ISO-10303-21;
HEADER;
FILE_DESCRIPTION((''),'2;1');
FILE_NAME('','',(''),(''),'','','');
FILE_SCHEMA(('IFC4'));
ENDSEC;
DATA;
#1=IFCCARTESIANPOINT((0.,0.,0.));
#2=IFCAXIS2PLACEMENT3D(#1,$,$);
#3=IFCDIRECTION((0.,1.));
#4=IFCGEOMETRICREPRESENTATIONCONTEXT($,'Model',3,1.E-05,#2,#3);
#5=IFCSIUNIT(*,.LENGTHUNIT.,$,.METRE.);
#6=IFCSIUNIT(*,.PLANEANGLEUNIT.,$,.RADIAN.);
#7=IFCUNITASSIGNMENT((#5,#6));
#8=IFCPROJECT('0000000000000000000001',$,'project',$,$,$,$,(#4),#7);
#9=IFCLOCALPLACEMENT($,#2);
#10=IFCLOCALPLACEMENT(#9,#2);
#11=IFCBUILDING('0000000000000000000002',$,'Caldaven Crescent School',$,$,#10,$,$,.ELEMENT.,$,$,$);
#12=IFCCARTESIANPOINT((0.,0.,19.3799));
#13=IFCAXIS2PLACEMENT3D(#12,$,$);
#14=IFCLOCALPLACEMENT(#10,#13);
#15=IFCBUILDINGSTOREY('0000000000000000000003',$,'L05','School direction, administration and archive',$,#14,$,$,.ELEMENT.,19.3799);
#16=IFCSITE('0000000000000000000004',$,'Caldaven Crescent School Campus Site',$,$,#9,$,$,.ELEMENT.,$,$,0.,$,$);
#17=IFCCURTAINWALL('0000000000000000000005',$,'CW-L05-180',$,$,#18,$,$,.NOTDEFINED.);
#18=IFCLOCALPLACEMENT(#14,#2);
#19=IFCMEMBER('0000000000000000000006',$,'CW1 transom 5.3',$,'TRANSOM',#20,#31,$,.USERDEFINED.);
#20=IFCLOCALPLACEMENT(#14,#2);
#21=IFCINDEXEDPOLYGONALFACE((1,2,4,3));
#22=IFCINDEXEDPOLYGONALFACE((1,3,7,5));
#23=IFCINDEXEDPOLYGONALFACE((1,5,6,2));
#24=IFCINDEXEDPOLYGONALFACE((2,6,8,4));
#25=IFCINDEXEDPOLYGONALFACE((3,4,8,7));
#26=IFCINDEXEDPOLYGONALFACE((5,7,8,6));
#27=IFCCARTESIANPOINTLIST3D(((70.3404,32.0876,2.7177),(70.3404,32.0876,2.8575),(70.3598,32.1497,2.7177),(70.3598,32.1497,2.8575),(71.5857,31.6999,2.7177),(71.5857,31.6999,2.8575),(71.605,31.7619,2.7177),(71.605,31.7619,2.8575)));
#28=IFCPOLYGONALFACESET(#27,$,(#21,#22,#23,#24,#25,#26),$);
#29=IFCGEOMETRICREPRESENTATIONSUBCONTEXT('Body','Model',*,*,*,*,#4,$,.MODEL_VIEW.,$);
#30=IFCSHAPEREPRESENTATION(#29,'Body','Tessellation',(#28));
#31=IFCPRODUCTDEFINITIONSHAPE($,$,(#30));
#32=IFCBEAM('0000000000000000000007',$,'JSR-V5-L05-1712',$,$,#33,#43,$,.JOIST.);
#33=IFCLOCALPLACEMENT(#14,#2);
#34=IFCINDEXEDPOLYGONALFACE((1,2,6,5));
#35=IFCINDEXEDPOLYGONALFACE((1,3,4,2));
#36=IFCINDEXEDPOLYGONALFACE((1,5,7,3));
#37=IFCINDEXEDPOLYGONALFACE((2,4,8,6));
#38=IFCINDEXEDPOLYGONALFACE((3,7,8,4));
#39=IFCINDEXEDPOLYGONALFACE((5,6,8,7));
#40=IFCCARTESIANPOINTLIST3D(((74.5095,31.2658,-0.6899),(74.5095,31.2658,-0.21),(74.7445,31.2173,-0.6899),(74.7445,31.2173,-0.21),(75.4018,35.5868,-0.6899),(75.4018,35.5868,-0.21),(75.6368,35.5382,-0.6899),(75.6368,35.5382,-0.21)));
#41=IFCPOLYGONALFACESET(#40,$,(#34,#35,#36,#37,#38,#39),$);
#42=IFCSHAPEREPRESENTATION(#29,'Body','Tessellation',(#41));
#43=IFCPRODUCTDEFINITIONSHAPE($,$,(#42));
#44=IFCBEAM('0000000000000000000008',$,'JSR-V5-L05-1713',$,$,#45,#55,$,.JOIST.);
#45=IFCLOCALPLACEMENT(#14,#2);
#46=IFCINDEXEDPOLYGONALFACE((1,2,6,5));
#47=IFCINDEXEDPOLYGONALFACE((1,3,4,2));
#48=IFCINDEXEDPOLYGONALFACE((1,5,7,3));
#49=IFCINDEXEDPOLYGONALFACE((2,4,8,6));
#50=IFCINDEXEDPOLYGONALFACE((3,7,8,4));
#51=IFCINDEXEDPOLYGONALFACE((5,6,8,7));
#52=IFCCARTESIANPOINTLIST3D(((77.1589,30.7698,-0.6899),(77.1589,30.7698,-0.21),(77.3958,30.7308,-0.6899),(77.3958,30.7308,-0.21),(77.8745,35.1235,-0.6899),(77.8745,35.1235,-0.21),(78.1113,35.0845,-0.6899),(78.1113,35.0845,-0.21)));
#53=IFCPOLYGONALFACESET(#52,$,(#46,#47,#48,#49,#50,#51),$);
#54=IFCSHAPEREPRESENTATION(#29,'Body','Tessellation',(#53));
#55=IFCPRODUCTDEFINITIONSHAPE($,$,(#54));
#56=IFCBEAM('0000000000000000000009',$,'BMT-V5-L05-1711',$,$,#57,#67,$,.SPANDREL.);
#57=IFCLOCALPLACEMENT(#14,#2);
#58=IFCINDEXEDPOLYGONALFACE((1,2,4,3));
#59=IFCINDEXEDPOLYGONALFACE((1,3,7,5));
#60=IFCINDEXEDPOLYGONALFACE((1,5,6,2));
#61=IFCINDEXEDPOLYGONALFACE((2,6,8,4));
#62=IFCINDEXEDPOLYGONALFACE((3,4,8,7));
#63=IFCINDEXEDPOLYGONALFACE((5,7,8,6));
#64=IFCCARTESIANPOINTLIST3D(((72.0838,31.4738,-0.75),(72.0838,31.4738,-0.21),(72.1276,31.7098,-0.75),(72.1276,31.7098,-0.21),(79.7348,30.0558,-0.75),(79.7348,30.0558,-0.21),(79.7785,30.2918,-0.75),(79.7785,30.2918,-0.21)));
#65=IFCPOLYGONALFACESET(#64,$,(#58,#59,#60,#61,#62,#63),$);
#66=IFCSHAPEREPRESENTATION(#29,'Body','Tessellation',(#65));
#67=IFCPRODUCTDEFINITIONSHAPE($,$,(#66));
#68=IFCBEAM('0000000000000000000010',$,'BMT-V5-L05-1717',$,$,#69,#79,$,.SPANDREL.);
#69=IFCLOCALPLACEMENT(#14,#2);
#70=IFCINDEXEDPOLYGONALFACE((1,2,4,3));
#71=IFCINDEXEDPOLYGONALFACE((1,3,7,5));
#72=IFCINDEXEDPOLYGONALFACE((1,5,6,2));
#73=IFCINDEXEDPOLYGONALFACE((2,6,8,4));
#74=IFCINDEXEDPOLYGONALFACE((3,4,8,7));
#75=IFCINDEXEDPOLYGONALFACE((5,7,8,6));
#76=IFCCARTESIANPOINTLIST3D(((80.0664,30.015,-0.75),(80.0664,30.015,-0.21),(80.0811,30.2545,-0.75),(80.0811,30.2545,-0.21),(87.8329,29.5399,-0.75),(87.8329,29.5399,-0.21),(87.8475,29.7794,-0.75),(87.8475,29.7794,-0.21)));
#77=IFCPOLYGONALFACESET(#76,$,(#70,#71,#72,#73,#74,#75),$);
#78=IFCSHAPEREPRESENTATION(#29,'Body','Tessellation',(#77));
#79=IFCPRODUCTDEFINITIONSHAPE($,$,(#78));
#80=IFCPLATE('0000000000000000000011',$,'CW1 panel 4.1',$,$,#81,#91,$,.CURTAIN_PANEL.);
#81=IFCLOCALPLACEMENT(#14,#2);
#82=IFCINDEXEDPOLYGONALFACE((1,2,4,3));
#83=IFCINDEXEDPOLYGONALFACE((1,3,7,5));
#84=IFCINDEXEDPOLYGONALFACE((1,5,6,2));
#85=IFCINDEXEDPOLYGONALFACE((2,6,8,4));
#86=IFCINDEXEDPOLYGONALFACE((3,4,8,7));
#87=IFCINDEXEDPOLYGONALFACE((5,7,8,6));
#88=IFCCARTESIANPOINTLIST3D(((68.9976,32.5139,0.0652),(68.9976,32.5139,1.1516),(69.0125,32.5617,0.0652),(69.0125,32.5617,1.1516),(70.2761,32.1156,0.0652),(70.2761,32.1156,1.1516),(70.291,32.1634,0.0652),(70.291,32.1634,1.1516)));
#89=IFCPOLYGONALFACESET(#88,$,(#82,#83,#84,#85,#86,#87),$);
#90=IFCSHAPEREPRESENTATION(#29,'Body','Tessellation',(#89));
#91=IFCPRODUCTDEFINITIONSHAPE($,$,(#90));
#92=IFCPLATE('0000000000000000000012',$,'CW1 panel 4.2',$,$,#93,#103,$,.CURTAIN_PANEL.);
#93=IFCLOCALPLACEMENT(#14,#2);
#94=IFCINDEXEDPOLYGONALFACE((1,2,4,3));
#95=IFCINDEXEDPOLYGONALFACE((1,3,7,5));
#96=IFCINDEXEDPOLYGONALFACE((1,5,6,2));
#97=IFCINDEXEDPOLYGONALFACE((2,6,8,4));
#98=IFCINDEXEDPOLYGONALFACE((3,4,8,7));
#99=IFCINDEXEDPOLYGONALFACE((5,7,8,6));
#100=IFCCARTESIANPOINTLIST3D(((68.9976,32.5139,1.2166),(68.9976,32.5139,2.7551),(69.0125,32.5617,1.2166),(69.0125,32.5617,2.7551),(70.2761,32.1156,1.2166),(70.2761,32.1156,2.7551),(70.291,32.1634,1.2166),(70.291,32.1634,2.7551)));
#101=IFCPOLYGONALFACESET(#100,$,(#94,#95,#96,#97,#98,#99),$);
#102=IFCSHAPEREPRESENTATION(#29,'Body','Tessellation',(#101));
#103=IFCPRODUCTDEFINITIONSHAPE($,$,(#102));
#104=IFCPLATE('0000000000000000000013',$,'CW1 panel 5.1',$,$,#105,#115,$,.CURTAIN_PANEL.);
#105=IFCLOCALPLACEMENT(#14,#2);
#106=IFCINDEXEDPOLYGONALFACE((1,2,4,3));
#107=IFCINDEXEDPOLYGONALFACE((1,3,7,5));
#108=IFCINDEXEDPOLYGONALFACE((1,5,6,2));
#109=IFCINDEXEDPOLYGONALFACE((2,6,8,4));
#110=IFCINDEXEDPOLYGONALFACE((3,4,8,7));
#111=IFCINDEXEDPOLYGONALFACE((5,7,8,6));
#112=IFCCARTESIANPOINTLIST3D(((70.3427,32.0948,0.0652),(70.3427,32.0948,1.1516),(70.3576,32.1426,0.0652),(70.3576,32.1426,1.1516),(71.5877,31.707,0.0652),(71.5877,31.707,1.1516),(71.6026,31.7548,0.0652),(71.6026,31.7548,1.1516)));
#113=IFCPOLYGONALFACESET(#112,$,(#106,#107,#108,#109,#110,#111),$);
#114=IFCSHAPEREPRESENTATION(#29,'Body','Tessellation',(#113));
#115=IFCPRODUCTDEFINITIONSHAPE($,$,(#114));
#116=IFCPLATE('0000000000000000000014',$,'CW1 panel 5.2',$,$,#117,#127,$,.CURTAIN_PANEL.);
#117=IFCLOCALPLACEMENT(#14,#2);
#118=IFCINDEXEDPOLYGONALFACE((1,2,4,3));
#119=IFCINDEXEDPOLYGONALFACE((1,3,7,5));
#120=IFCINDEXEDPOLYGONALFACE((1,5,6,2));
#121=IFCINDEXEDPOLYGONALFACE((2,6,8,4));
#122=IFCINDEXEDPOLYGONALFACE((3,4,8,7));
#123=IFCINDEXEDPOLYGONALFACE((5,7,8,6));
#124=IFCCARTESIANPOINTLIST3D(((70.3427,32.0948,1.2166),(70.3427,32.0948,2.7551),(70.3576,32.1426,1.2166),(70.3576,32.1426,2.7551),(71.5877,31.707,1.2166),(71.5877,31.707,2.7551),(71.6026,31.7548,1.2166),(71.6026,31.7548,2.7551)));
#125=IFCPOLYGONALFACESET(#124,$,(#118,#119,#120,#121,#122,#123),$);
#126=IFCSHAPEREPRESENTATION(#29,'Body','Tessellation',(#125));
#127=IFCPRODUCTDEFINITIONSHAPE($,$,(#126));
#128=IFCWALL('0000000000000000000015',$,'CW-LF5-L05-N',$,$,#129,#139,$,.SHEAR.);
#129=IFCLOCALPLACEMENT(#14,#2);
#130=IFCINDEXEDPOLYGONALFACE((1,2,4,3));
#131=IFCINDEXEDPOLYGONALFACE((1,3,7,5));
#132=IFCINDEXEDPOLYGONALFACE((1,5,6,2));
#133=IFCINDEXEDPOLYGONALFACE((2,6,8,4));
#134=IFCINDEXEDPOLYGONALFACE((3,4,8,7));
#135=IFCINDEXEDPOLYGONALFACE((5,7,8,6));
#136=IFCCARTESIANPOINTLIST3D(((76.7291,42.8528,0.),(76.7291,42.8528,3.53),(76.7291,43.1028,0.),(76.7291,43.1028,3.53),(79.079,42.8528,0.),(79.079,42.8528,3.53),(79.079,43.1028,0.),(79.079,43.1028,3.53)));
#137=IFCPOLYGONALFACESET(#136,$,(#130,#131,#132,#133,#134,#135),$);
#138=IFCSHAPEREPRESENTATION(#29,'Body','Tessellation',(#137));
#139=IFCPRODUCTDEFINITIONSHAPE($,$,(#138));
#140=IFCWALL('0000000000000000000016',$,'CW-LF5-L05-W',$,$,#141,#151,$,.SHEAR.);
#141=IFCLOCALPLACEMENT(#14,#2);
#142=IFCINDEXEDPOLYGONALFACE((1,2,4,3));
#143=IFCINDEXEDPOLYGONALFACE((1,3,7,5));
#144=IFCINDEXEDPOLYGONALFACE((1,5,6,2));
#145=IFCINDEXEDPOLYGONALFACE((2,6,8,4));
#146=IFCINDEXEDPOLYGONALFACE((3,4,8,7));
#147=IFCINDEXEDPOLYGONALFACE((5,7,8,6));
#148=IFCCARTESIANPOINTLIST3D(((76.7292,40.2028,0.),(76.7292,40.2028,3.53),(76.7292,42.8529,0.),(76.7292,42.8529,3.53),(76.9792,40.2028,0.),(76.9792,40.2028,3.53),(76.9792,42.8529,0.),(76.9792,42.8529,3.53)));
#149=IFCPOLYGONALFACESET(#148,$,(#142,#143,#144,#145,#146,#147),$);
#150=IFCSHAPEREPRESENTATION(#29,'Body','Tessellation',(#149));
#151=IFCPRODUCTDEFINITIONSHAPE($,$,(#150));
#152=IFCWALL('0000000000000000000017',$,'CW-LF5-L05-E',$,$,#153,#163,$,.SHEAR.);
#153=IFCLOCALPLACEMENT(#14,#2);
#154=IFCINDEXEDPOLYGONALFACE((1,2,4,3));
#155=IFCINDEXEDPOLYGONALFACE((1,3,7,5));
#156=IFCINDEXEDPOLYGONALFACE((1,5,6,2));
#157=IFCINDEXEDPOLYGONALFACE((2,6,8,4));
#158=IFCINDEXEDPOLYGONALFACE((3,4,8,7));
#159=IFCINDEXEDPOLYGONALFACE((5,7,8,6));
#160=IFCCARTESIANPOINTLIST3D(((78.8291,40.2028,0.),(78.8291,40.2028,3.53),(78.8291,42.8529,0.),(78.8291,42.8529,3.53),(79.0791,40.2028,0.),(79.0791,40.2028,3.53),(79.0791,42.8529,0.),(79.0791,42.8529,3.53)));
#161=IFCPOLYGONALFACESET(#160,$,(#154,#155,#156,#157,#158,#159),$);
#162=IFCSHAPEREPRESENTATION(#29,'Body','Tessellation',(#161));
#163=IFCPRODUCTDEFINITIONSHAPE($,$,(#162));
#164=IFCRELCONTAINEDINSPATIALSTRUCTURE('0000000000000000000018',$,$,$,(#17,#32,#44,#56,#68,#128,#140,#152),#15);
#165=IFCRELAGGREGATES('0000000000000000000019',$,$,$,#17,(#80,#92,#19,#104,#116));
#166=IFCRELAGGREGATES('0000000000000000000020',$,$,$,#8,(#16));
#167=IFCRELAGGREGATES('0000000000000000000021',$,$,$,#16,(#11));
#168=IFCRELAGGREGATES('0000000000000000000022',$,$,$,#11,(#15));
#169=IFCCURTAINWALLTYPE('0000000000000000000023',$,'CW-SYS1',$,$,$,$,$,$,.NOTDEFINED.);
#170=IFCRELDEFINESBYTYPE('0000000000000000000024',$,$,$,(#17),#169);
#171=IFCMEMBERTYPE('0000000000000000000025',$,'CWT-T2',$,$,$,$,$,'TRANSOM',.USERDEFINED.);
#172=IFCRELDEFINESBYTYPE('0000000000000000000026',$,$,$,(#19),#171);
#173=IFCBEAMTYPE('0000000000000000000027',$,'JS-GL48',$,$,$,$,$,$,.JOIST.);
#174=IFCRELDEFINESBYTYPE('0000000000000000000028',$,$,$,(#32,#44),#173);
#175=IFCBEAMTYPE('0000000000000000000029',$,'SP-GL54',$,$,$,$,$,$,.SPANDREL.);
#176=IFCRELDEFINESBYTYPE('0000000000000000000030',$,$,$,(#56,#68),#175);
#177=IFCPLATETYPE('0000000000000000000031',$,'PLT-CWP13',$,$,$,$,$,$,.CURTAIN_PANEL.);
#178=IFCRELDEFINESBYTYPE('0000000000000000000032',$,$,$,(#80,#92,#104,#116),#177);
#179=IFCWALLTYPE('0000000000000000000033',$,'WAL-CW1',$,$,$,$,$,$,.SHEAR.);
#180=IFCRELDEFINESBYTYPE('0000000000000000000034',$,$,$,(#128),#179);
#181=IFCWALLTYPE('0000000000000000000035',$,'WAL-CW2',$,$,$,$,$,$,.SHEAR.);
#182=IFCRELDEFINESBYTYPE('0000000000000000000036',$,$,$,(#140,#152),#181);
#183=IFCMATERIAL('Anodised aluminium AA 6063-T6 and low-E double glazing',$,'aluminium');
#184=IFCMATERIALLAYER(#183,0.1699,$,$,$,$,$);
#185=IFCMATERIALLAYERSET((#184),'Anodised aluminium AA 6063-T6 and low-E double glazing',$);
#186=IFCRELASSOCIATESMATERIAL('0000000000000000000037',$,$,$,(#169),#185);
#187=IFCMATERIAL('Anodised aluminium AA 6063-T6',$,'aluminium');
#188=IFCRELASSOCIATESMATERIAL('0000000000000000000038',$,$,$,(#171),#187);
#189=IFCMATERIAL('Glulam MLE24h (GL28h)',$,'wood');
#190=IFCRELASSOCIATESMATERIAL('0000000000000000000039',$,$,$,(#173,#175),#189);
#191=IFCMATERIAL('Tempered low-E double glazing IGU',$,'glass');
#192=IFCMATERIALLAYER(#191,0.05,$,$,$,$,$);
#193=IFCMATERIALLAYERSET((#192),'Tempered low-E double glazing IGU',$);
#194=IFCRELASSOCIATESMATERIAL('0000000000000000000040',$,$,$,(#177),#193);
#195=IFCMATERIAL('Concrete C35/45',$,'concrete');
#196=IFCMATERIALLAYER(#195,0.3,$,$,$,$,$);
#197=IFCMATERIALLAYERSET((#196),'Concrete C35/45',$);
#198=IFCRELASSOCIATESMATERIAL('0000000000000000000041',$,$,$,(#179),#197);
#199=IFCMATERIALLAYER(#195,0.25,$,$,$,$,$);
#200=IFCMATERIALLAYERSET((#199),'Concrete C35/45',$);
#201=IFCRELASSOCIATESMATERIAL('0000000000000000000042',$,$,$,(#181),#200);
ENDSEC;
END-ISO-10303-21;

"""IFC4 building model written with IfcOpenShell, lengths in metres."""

from ifc_helpers import new_model, si_unit, direction, frame, frame_2d, origin, origin_2d, place, context, subcontext, project, spatial, rectangle, extrude, material, layer, layer_set, material_profile, profile_set, type_object, element, aggregate, save


model = new_model("IFC4")

# Units and contexts
model_context = context("Model", 3, precision=1e-05, world=origin(), true_north=direction((0.0, 1.0)))
body_context = subcontext(model_context, "Body", "Model", "MODEL_VIEW")
ifc_project = project(units=[si_unit("LENGTHUNIT", "METRE"), si_unit("PLANEANGLEUNIT", "RADIAN")], contexts=[model_context])

# Site, building, storey
site_placement = place(None, origin())
site = spatial("IfcSite", under=ifc_project, at=site_placement, Name="Caldaven Crescent School Campus Site", CompositionType="ELEMENT", RefElevation=0.0)
building_placement = place(site_placement, origin())
building = spatial("IfcBuilding", under=site, at=building_placement, Name="Caldaven Crescent School", CompositionType="ELEMENT")
storey_placement = place(building_placement, frame((0.0, 0.0, 19.3799)))
storey = spatial("IfcBuildingStorey", under=building, at=storey_placement, Name="L05", Description="School direction, administration and archive", CompositionType="ELEMENT", Elevation=19.3799)

# Shared definitions
ifc_material_1 = material(Name="Glulam MLE24h (GL28h)", Category="wood")

# Curtain wall, member
ifc_material_2 = material(Name="Anodised aluminium AA 6063-T6 and low-E double glazing", Category="aluminium")
ifc_layer_1 = layer(ifc_material_2, 0.1699)
ifc_layer_set_1 = layer_set([ifc_layer_1], Name="Anodised aluminium AA 6063-T6 and low-E double glazing")
curtain_wall_type = type_object("IfcCurtainWallType", Name="CW-SYS1", PredefinedType="NOTDEFINED", material=ifc_layer_set_1)
curtain_wall_placement = place(storey_placement, origin())
curtain_wall = element("IfcCurtainWall", 1, at=curtain_wall_placement, inside=storey, type_object=curtain_wall_type, Name="CW-L05-180", PredefinedType="NOTDEFINED")
ifc_material_3 = material(Name="Anodised aluminium AA 6063-T6", Category="aluminium")
ifc_material_profile_1 = material_profile(ifc_material_3, rectangle(XDim=0.0649, YDim=0.1399, at=origin_2d()), Name="CWT 65x140")
ifc_profile_set_1 = profile_set([ifc_material_profile_1], Name="Anodised aluminium AA 6063-T6")
member_type_1 = type_object("IfcMemberType", Name="CWT-T2", ElementType="TRANSOM", PredefinedType="USERDEFINED", material=ifc_profile_set_1)
member_1_placement = place(storey_placement, frame((70.3501, 32.1187, 2.7876), z_axis=(0.954786, -0.297294, 0.0), x_axis=(0.297294, 0.954786, 0.0)))
member_1 = element("IfcMember", 2, at=member_1_placement, type_object=member_type_1, Name="CW1 transom 5.3", ObjectType="TRANSOM", PredefinedType="USERDEFINED", context=body_context, shape_type="SweptSolid", body=[
    extrude(rectangle(XDim=0.0649, YDim=0.1399, at=origin_2d()), origin(), (0.0, 0.0, 1.0), 1.3042),
])

# Beams
ifc_material_profile_2 = material_profile(ifc_material_1, rectangle(XDim=0.24, YDim=0.48, at=origin_2d()), Name="MLE 240x480")
ifc_profile_set_2 = profile_set([ifc_material_profile_2], Name="Glulam MLE24h (GL28h)")
beam_type_1 = type_object("IfcBeamType", Name="JS-GL48", PredefinedType="JOIST", material=ifc_profile_set_2)
for number, where, z_axis, x_axis, name in (
    (3, (75.5193, 35.5625, -0.45), (-0.202241, -0.979336, 0.0), (0.979336, -0.202241, 0.0), "JSR-V5-L05-1712"),
    (4, (77.9929, 35.104, -0.45), (-0.162182, -0.986761, 0.0), (0.986761, -0.162182, 0.0), "JSR-V5-L05-1713"),
):
    element("IfcBeam", number, at=place(storey_placement, frame(where, z_axis=z_axis, x_axis=x_axis)), inside=storey, type_object=beam_type_1, Name=name, PredefinedType="JOIST", context=body_context, shape_type="SweptSolid", body=[
        extrude(rectangle(XDim=0.24, YDim=0.48, at=origin_2d()), origin(), (0.0, 0.0, 1.0), 4.4121),
    ])
ifc_material_profile_3 = material_profile(ifc_material_1, rectangle(XDim=0.24, YDim=0.54, at=origin_2d()), Name="MLE 240x540")
ifc_profile_set_3 = profile_set([ifc_material_profile_3], Name="Glulam MLE24h (GL28h)")
beam_type_2 = type_object("IfcBeamType", Name="SP-GL54", PredefinedType="SPANDREL", material=ifc_profile_set_3)
beam_1_placement = place(storey_placement, frame((72.1057, 31.5918, -0.48), z_axis=(0.983256, -0.182231, 0.0), x_axis=(0.182231, 0.983256, 0.0)))
element("IfcBeam", 5, at=beam_1_placement, inside=storey, type_object=beam_type_2, Name="BMT-V5-L05-1711", PredefinedType="SPANDREL", context=body_context, shape_type="SweptSolid", body=[
    extrude(rectangle(XDim=0.24, YDim=0.54, at=origin_2d()), origin(), (0.0, 0.0, 1.0), 7.7812),
])
beam_2_placement = place(storey_placement, frame((80.0737, 30.1348, -0.48), z_axis=(0.998134, -0.061058, 0.0), x_axis=(0.061058, 0.998134, 0.0)))
element("IfcBeam", 6, at=beam_2_placement, inside=storey, type_object=beam_type_2, Name="BMT-V5-L05-1717", PredefinedType="SPANDREL", context=body_context, shape_type="SweptSolid", body=[
    extrude(rectangle(XDim=0.24, YDim=0.54, at=origin_2d()), origin(), (0.0, 0.0, 1.0), 7.781),
])

# Plates
ifc_material_4 = material(Name="Tempered low-E double glazing IGU", Category="glass")
ifc_layer_2 = layer(ifc_material_4, 0.05)
ifc_layer_set_2 = layer_set([ifc_layer_2], Name="Tempered low-E double glazing IGU")
plate_type = type_object("IfcPlateType", Name="PLT-CWP13", PredefinedType="CURTAIN_PANEL", material=ifc_layer_set_2)
plate_1_placement = place(storey_placement, frame((69.6443, 32.3386, 0.0652), z_axis=(0.0, 0.0, 1.0), x_axis=(0.954747, -0.297419, 0.0)))
plate_1 = element("IfcPlate", 7, at=plate_1_placement, type_object=plate_type, Name="CW1 panel 4.1", PredefinedType="CURTAIN_PANEL", context=body_context, shape_type="SweptSolid", body=[
    extrude(rectangle(XDim=1.3391, YDim=0.05, at=origin_2d()), origin(), (0.0, 0.0, 1.0), 1.0864),
])
plate_2_placement = place(storey_placement, frame((69.6443, 32.3386, 1.2166), z_axis=(0.0, 0.0, 1.0), x_axis=(0.954747, -0.297419, 0.0)))
plate_2 = element("IfcPlate", 8, at=plate_2_placement, type_object=plate_type, Name="CW1 panel 4.2", PredefinedType="CURTAIN_PANEL", context=body_context, shape_type="SweptSolid", body=[
    extrude(rectangle(XDim=1.3391, YDim=0.05, at=origin_2d()), origin(), (0.0, 0.0, 1.0), 1.5386),
])
plate_3_placement = place(storey_placement, frame((70.9727, 31.9248, 0.0652), z_axis=(0.0, 0.0, 1.0), x_axis=(0.954747, -0.297419, 0.0)))
plate_3 = element("IfcPlate", 9, at=plate_3_placement, type_object=plate_type, Name="CW1 panel 5.1", PredefinedType="CURTAIN_PANEL", context=body_context, shape_type="SweptSolid", body=[
    extrude(rectangle(XDim=1.304, YDim=0.05, at=origin_2d()), origin(), (0.0, 0.0, 1.0), 1.0864),
])
plate_4_placement = place(storey_placement, frame((70.9727, 31.9248, 1.2166), z_axis=(0.0, 0.0, 1.0), x_axis=(0.954747, -0.297419, 0.0)))
plate_4 = element("IfcPlate", 10, at=plate_4_placement, type_object=plate_type, Name="CW1 panel 5.2", PredefinedType="CURTAIN_PANEL", context=body_context, shape_type="SweptSolid", body=[
    extrude(rectangle(XDim=1.304, YDim=0.05, at=origin_2d()), origin(), (0.0, 0.0, 1.0), 1.5386),
])
aggregate(curtain_wall, [plate_1, plate_2, member_1, plate_3, plate_4])

# Wall
ifc_material_5 = material(Name="Concrete C35/45", Category="concrete")
ifc_layer_3 = layer(ifc_material_5, 0.3)
ifc_layer_set_3 = layer_set([ifc_layer_3], Name="Concrete C35/45")
wall_type_1 = type_object("IfcWallType", Name="WAL-CW1", PredefinedType="SHEAR", material=ifc_layer_set_3)
wall_1_placement = place(storey_placement, frame((76.7292, 42.9778, 0.0), z_axis=(0.0, 0.0, 1.0), x_axis=(1.0, 0.0, 0.0)))
element("IfcWall", 11, at=wall_1_placement, inside=storey, type_object=wall_type_1, Name="CW-LF5-L05-N", PredefinedType="SHEAR", context=body_context, shape_type="SweptSolid", body=[
    extrude(rectangle(XDim=2.3499, YDim=0.25, at=frame_2d((1.1748, 0.0))), origin(), (0.0, 0.0, 1.0), 3.53),
])

# Walls
ifc_layer_4 = layer(ifc_material_5, 0.25)
ifc_layer_set_4 = layer_set([ifc_layer_4], Name="Concrete C35/45")
wall_type_2 = type_object("IfcWallType", Name="WAL-CW2", PredefinedType="SHEAR", material=ifc_layer_set_4)
for number, where, z_axis, x_axis, name in (
    (12, (76.8542, 40.2026, 0.0), (0.0, 0.0, 1.0), (0.0, 1.0, 0.0), "CW-LF5-L05-W"),
    (13, (78.9541, 40.2026, 0.0), (0.0, 0.0, 1.0), (0.0, 1.0, 0.0), "CW-LF5-L05-E"),
):
    element("IfcWall", number, at=place(storey_placement, frame(where, z_axis=z_axis, x_axis=x_axis)), inside=storey, type_object=wall_type_2, Name=name, PredefinedType="SHEAR", context=body_context, shape_type="SweptSolid", body=[
        extrude(rectangle(XDim=2.6501, YDim=0.25, at=frame_2d((1.3252, 0.0))), origin(), (0.0, 0.0, 1.0), 3.53),
    ])

save(model, "model.ifc")
